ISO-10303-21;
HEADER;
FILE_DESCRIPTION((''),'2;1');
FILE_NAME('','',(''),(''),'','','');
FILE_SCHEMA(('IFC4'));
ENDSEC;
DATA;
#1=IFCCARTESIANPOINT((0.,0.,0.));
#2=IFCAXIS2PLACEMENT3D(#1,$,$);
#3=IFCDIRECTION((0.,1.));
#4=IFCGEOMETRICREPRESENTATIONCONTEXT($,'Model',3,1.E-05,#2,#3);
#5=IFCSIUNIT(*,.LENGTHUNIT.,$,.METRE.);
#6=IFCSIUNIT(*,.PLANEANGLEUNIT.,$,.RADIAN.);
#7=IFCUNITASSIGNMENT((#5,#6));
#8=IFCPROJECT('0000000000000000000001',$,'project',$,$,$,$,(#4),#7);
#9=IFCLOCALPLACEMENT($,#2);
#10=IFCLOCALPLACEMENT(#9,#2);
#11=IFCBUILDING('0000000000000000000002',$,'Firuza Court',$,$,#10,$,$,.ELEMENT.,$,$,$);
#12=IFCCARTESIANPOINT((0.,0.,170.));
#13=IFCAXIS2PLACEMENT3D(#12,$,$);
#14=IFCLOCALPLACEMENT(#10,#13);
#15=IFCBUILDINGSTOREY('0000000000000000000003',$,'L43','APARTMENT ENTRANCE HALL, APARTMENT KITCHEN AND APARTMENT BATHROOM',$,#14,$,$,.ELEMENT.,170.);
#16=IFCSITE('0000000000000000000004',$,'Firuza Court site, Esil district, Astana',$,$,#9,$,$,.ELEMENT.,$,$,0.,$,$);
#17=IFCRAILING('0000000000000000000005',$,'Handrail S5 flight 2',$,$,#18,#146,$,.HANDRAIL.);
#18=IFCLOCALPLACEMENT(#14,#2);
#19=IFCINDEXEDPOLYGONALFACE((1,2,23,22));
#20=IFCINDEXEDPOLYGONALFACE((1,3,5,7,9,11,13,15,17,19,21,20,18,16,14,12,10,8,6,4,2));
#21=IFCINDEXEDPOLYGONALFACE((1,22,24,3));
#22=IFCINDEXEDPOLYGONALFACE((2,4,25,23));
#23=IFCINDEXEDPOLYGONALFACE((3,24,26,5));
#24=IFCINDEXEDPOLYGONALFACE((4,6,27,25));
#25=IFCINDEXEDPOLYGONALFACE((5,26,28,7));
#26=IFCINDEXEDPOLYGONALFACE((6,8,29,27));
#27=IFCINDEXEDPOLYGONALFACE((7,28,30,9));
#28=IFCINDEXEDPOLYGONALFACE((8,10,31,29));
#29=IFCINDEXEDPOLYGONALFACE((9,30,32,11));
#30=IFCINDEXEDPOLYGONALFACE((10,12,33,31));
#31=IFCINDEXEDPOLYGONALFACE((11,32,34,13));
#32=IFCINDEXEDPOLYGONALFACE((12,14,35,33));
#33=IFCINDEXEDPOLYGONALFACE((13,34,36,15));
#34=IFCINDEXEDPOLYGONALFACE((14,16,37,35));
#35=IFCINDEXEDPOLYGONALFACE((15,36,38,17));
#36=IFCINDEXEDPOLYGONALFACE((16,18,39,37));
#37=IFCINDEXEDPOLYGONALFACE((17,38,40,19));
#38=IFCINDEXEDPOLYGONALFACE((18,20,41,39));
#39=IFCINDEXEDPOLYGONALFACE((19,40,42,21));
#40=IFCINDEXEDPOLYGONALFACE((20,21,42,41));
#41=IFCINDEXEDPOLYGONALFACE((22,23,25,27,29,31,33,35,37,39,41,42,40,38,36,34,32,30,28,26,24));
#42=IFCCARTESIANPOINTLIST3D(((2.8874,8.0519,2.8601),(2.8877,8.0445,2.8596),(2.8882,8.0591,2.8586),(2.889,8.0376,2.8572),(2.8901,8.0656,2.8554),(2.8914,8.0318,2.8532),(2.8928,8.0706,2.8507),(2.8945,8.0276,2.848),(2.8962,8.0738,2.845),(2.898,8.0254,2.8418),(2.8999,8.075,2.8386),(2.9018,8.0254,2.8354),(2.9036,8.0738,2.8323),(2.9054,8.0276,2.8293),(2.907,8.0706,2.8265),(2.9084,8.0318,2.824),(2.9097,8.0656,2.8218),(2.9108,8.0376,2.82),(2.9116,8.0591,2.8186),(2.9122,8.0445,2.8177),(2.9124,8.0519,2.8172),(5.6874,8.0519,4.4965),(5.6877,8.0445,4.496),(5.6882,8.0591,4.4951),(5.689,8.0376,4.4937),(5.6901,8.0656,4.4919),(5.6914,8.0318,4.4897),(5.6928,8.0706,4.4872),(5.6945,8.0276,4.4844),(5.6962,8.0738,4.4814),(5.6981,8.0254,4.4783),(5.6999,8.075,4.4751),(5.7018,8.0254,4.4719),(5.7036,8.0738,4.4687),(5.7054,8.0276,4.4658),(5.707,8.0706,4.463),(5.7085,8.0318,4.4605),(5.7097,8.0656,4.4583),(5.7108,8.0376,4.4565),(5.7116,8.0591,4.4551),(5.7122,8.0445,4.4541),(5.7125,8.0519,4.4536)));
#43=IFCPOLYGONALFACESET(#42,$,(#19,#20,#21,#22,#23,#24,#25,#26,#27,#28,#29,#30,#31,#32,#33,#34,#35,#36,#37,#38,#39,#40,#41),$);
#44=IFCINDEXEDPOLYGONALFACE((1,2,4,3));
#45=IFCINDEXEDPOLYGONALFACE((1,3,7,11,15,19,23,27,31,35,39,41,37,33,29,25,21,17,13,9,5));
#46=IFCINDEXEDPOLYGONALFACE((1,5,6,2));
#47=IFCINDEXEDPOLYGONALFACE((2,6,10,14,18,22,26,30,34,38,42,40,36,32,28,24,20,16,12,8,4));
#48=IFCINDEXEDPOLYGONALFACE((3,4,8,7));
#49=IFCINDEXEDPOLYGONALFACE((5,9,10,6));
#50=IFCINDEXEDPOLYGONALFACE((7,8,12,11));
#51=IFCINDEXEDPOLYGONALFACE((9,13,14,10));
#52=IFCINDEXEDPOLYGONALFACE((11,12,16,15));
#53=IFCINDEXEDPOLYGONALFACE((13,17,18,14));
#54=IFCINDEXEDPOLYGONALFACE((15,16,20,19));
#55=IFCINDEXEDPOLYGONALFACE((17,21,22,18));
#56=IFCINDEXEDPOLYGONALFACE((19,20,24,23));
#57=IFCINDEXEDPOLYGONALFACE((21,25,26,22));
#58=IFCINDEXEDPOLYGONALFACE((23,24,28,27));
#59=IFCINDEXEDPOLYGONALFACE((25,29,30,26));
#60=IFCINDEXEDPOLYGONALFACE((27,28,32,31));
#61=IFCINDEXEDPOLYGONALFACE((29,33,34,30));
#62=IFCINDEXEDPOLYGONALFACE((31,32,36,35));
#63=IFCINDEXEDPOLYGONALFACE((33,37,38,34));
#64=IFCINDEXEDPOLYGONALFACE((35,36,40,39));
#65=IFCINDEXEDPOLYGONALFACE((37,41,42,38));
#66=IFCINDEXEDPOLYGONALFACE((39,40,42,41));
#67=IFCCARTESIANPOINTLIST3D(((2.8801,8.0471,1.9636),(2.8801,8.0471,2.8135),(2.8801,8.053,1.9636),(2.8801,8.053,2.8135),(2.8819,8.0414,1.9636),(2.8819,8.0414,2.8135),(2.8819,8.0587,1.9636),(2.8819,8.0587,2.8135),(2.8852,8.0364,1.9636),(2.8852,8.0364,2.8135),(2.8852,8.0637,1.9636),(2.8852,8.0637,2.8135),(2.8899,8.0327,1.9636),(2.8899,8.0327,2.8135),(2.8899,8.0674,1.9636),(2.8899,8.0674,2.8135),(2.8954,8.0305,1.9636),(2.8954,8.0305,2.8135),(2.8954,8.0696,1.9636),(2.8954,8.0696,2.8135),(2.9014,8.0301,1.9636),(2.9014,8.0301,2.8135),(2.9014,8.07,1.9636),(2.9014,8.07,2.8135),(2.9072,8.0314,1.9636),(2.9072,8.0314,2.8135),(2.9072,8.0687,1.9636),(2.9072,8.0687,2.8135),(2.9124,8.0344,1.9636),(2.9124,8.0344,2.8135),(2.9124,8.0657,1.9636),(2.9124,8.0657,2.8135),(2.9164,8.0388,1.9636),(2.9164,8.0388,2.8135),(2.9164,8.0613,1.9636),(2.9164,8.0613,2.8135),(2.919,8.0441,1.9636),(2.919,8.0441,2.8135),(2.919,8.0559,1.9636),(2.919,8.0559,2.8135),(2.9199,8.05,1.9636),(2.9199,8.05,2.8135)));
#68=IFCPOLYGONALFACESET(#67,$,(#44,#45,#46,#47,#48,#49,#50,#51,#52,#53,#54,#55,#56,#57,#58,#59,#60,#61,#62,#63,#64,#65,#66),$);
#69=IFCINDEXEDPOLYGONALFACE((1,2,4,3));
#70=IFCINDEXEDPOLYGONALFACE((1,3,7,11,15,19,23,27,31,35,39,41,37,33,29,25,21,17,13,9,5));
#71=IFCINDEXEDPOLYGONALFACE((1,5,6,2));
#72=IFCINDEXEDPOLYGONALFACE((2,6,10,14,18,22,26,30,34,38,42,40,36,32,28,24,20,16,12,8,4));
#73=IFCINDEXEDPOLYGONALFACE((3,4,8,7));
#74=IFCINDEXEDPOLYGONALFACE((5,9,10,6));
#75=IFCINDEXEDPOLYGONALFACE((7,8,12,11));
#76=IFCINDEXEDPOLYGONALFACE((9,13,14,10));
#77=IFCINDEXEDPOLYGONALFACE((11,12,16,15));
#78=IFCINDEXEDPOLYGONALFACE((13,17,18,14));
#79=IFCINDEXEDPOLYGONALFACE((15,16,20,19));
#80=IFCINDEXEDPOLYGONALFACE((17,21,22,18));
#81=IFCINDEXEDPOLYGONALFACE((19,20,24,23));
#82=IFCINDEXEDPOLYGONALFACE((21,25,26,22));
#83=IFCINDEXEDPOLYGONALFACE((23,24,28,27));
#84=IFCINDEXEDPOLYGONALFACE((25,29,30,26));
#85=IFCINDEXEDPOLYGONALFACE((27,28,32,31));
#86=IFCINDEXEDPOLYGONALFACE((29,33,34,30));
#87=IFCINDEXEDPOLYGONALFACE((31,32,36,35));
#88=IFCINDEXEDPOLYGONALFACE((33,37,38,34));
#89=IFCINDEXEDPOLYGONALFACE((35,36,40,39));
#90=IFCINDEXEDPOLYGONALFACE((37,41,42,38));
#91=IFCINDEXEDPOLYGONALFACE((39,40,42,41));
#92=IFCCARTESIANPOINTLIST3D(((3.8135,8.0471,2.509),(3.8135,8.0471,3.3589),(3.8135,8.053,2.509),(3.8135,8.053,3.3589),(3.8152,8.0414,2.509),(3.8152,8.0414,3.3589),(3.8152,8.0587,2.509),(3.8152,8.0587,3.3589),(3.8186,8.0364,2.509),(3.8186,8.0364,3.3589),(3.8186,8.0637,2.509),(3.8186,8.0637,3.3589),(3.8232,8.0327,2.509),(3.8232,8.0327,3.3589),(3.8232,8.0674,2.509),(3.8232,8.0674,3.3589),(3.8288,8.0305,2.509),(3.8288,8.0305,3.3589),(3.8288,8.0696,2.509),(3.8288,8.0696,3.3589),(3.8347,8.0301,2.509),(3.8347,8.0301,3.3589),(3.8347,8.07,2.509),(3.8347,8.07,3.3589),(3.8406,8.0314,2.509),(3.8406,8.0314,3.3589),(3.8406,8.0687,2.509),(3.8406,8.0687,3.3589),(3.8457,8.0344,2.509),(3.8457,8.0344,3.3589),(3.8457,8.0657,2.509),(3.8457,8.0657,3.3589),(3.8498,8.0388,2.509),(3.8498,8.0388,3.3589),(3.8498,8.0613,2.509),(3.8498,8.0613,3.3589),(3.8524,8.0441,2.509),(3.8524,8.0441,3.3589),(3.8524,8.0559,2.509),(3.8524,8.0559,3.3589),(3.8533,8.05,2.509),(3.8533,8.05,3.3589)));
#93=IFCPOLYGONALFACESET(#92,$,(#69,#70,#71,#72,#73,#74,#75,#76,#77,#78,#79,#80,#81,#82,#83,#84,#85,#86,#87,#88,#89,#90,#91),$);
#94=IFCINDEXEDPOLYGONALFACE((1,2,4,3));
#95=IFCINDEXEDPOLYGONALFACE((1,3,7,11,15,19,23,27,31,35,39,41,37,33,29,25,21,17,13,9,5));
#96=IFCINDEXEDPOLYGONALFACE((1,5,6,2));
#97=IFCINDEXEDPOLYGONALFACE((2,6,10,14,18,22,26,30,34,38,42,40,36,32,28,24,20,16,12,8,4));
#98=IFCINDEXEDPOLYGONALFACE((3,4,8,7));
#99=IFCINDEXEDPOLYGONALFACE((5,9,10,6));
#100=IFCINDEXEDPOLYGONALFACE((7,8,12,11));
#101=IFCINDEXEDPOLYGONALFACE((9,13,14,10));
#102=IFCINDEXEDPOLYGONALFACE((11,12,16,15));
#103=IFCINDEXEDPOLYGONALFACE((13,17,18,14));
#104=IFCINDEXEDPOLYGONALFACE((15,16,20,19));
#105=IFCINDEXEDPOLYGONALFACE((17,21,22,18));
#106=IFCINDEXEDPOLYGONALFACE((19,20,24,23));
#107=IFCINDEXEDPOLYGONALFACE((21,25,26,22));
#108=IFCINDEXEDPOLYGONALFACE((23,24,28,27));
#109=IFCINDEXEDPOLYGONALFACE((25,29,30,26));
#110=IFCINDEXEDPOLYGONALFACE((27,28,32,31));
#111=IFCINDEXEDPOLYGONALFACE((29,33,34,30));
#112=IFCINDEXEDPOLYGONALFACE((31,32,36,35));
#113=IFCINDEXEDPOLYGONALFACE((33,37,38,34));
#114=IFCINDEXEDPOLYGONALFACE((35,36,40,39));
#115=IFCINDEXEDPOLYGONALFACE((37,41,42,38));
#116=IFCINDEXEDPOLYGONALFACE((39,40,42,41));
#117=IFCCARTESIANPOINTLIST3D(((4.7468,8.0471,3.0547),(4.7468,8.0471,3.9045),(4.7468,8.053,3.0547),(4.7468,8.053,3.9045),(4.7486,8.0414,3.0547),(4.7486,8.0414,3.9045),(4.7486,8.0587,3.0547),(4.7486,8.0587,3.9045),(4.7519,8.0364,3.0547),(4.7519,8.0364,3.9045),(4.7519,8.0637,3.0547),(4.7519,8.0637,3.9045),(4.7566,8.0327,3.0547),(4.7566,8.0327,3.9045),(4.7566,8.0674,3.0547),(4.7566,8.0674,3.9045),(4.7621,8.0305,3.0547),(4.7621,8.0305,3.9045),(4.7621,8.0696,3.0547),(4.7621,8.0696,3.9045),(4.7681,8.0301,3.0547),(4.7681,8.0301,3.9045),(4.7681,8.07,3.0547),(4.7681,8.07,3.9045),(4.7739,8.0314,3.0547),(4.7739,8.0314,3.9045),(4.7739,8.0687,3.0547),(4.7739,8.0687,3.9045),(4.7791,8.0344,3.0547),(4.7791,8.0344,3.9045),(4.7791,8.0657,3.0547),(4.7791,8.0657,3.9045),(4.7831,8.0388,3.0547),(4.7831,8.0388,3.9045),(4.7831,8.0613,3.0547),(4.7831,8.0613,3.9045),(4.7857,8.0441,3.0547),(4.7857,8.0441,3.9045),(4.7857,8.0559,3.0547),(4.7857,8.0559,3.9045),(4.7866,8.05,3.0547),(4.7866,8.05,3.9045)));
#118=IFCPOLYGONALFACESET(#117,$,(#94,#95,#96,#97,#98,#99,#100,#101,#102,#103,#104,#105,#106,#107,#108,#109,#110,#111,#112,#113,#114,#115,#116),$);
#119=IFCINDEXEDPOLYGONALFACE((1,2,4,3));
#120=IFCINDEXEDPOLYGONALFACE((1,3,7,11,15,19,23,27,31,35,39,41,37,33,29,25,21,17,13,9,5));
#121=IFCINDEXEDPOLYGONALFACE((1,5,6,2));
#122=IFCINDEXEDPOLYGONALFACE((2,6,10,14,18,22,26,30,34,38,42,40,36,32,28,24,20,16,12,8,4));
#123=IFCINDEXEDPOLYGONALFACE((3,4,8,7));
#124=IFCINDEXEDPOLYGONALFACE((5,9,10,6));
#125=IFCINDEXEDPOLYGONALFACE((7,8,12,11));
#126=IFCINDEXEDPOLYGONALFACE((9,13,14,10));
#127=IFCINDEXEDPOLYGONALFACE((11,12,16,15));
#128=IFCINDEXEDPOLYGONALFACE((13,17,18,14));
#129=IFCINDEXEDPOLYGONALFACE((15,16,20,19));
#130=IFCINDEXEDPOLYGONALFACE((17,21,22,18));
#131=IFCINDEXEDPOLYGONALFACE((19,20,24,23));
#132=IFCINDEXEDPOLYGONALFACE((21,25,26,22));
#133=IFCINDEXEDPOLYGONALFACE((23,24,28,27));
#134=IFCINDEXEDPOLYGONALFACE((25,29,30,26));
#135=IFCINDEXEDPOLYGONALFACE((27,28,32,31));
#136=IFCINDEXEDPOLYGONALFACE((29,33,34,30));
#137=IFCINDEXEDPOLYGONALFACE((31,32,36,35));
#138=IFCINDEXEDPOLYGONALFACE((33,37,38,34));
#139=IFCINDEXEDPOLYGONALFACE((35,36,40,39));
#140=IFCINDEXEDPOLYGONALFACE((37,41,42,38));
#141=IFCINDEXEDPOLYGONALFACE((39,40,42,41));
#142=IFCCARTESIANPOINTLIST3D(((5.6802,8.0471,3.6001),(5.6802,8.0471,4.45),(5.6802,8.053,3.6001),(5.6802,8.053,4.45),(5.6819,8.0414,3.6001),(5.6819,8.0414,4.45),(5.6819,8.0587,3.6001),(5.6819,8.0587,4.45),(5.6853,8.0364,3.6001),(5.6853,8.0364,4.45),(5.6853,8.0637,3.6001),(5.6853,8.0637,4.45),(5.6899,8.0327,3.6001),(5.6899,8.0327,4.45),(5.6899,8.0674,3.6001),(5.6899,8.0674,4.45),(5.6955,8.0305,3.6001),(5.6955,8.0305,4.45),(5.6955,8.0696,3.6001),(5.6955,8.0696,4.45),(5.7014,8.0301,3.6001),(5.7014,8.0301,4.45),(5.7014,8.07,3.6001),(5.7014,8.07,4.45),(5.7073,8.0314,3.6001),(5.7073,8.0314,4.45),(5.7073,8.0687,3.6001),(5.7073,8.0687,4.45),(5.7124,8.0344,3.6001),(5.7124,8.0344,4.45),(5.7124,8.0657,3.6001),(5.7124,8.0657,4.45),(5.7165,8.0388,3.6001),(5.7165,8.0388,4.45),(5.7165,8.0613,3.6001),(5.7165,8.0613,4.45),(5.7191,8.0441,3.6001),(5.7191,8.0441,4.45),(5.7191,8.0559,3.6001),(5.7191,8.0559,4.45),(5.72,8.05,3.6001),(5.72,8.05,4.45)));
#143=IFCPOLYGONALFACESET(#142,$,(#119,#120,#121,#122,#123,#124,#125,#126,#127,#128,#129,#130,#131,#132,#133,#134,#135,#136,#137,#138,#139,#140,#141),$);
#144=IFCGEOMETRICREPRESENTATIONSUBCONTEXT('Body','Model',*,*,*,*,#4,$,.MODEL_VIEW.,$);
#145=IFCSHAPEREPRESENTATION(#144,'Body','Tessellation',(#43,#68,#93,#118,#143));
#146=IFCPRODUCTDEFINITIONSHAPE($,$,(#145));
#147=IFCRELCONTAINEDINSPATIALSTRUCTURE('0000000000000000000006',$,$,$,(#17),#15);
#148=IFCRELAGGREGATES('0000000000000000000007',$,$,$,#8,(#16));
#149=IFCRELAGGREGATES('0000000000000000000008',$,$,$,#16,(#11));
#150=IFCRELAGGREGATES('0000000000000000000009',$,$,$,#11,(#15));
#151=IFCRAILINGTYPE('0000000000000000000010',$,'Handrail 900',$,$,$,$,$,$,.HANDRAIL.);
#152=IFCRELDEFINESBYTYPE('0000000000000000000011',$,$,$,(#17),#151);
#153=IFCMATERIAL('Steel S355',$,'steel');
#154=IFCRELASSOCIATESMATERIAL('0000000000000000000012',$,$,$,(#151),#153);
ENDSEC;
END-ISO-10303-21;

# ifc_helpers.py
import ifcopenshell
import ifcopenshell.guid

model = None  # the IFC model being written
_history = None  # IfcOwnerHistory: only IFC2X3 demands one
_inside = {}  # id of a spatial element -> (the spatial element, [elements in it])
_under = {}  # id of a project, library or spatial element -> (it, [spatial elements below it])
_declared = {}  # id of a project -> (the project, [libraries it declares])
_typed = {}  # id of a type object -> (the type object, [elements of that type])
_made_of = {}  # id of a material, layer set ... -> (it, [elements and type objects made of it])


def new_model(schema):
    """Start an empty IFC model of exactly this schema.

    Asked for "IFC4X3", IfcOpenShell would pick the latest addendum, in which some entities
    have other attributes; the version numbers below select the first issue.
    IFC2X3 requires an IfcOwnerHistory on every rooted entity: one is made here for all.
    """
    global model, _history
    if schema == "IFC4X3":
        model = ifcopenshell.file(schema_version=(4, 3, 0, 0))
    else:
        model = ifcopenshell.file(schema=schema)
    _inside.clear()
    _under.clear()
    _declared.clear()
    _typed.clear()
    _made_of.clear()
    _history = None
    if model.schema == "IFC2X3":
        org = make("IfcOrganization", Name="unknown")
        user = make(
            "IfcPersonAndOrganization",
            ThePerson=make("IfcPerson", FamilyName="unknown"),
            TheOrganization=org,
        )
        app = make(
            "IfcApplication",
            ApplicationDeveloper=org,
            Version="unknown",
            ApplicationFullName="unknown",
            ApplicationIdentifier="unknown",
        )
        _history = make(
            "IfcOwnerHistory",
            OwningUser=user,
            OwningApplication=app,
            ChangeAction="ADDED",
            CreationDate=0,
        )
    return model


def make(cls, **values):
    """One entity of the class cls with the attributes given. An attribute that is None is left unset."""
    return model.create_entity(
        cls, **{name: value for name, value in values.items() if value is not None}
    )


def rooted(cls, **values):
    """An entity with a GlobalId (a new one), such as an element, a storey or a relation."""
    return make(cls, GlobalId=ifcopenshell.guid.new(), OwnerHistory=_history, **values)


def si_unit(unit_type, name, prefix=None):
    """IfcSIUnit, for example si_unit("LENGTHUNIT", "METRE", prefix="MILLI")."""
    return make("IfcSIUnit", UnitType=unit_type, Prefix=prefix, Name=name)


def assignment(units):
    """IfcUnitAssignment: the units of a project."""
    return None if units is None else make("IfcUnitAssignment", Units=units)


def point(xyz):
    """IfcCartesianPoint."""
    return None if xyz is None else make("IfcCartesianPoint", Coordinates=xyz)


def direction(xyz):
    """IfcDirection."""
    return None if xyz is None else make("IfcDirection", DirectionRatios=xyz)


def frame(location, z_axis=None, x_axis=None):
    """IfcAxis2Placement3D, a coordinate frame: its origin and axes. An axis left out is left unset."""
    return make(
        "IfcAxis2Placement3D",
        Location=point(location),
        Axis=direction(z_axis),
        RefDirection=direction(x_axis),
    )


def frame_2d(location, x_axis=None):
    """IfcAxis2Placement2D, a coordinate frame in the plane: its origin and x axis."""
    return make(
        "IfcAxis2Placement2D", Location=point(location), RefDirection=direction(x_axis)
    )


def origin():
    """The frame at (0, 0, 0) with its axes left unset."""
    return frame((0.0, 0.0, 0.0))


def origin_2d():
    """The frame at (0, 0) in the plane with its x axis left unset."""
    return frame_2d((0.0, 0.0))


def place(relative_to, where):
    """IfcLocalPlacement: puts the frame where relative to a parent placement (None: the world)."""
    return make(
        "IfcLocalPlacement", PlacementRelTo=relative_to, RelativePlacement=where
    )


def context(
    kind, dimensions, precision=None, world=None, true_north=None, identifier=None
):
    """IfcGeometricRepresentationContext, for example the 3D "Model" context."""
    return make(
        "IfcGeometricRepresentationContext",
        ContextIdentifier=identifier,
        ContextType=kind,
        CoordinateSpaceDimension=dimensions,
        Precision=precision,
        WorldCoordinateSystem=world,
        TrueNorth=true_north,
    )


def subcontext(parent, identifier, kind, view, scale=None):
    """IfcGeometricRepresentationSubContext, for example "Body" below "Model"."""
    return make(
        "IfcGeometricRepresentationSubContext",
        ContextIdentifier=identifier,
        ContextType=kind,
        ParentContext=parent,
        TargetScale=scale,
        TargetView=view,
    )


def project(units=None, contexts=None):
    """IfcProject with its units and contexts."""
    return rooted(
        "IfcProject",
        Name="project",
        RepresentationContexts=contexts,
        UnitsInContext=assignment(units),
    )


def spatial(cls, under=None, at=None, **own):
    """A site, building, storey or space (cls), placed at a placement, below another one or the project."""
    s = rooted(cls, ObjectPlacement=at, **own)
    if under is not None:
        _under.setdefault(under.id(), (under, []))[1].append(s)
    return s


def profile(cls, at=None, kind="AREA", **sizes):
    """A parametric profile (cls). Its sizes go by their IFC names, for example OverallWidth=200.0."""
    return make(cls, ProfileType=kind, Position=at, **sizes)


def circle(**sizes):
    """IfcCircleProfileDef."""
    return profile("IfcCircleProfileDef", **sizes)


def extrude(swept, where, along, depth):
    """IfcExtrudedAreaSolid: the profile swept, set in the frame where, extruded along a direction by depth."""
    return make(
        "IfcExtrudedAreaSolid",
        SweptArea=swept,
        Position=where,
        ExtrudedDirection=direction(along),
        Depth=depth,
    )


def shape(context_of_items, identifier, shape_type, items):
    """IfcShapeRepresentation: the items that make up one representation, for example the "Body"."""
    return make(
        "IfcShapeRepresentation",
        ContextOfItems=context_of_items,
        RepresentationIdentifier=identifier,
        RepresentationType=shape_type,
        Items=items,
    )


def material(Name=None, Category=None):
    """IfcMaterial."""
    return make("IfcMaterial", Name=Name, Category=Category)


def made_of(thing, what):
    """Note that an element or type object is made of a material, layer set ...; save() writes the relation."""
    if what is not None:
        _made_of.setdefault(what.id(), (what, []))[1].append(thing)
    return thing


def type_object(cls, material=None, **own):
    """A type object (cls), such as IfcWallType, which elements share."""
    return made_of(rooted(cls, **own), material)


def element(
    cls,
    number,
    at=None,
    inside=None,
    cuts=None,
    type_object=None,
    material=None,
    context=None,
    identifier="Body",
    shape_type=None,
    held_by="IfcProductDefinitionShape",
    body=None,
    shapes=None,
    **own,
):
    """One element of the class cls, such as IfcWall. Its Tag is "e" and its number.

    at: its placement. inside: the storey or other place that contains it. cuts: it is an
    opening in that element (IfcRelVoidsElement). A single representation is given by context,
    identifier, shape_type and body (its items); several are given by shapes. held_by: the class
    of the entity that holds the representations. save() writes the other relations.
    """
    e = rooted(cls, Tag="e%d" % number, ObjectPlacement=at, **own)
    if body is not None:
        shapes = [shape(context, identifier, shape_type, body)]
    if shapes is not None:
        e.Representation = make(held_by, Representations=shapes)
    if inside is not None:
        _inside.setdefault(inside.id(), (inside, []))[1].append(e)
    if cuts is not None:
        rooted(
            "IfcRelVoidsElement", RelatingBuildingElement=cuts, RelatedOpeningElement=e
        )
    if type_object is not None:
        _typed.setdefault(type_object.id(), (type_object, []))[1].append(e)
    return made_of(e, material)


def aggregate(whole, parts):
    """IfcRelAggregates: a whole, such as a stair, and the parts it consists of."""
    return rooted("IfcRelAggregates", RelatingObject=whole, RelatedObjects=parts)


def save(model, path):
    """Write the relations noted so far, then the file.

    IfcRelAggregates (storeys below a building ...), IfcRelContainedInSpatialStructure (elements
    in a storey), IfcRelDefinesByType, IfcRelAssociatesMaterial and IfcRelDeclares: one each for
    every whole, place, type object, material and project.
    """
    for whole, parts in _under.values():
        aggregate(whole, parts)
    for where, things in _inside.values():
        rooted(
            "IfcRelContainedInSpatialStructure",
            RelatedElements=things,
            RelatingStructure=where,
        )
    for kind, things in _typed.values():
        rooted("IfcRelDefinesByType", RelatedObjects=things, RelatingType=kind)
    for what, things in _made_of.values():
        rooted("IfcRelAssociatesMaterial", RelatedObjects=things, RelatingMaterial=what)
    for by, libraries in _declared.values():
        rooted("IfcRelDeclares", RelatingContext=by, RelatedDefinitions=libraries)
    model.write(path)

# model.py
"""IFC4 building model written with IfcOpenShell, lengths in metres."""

from ifc_helpers import new_model, si_unit, direction, frame, origin, origin_2d, place, context, subcontext, project, spatial, circle, extrude, material, type_object, element, save


model = new_model("IFC4")

# Units and contexts
model_context = context("Model", 3, precision=1e-05, world=origin(), true_north=direction((0.0, 1.0)))
body_context = subcontext(model_context, "Body", "Model", "MODEL_VIEW")
ifc_project = project(units=[si_unit("LENGTHUNIT", "METRE"), si_unit("PLANEANGLEUNIT", "RADIAN")], contexts=[model_context])

# Site, building, storey
site_placement = place(None, origin())
site = spatial("IfcSite", under=ifc_project, at=site_placement, Name="Firuza Court site, Esil district, Astana", CompositionType="ELEMENT", RefElevation=0.0)
building_placement = place(site_placement, origin())
building = spatial("IfcBuilding", under=site, at=building_placement, Name="Firuza Court", CompositionType="ELEMENT")
storey_placement = place(building_placement, frame((0.0, 0.0, 170.0)))
storey = spatial("IfcBuildingStorey", under=building, at=storey_placement, Name="L43", Description="APARTMENT ENTRANCE HALL, APARTMENT KITCHEN AND APARTMENT BATHROOM", CompositionType="ELEMENT", Elevation=170.0)

# Railing
ifc_material_1 = material(Name="Steel S355", Category="steel")
railing_type_1 = type_object("IfcRailingType", Name="Handrail 900", PredefinedType="HANDRAIL", material=ifc_material_1)
railing_1_placement = place(storey_placement, frame((2.8999, 8.05, 1.9636)))
element("IfcRailing", 1, at=railing_1_placement, inside=storey, type_object=railing_type_1, Name="Handrail S5 flight 2", PredefinedType="HANDRAIL", context=body_context, shape_type="SweptSolid", body=[
    extrude(circle(Radius=0.0249, at=origin_2d()), frame((0.0, 0.0, 0.875), z_axis=(0.863361, 0.0, 0.504587), x_axis=(0.0, 1.0, 0.0)), (0.0, 0.0, 1.0), 3.2432),
    extrude(circle(Radius=0.02, at=origin_2d()), origin(), (0.0, 0.0, 1.0), 0.8499),
    extrude(circle(Radius=0.02, at=origin_2d()), frame((0.9333, 0.0, 0.5454)), (0.0, 0.0, 1.0), 0.8499),
    extrude(circle(Radius=0.02, at=origin_2d()), frame((1.8667, 0.0, 1.0911)), (0.0, 0.0, 1.0), 0.8499),
    extrude(circle(Radius=0.02, at=origin_2d()), frame((2.8, 0.0, 1.6365)), (0.0, 0.0, 1.0), 0.8499),
])

save(model, "model.ifc")
